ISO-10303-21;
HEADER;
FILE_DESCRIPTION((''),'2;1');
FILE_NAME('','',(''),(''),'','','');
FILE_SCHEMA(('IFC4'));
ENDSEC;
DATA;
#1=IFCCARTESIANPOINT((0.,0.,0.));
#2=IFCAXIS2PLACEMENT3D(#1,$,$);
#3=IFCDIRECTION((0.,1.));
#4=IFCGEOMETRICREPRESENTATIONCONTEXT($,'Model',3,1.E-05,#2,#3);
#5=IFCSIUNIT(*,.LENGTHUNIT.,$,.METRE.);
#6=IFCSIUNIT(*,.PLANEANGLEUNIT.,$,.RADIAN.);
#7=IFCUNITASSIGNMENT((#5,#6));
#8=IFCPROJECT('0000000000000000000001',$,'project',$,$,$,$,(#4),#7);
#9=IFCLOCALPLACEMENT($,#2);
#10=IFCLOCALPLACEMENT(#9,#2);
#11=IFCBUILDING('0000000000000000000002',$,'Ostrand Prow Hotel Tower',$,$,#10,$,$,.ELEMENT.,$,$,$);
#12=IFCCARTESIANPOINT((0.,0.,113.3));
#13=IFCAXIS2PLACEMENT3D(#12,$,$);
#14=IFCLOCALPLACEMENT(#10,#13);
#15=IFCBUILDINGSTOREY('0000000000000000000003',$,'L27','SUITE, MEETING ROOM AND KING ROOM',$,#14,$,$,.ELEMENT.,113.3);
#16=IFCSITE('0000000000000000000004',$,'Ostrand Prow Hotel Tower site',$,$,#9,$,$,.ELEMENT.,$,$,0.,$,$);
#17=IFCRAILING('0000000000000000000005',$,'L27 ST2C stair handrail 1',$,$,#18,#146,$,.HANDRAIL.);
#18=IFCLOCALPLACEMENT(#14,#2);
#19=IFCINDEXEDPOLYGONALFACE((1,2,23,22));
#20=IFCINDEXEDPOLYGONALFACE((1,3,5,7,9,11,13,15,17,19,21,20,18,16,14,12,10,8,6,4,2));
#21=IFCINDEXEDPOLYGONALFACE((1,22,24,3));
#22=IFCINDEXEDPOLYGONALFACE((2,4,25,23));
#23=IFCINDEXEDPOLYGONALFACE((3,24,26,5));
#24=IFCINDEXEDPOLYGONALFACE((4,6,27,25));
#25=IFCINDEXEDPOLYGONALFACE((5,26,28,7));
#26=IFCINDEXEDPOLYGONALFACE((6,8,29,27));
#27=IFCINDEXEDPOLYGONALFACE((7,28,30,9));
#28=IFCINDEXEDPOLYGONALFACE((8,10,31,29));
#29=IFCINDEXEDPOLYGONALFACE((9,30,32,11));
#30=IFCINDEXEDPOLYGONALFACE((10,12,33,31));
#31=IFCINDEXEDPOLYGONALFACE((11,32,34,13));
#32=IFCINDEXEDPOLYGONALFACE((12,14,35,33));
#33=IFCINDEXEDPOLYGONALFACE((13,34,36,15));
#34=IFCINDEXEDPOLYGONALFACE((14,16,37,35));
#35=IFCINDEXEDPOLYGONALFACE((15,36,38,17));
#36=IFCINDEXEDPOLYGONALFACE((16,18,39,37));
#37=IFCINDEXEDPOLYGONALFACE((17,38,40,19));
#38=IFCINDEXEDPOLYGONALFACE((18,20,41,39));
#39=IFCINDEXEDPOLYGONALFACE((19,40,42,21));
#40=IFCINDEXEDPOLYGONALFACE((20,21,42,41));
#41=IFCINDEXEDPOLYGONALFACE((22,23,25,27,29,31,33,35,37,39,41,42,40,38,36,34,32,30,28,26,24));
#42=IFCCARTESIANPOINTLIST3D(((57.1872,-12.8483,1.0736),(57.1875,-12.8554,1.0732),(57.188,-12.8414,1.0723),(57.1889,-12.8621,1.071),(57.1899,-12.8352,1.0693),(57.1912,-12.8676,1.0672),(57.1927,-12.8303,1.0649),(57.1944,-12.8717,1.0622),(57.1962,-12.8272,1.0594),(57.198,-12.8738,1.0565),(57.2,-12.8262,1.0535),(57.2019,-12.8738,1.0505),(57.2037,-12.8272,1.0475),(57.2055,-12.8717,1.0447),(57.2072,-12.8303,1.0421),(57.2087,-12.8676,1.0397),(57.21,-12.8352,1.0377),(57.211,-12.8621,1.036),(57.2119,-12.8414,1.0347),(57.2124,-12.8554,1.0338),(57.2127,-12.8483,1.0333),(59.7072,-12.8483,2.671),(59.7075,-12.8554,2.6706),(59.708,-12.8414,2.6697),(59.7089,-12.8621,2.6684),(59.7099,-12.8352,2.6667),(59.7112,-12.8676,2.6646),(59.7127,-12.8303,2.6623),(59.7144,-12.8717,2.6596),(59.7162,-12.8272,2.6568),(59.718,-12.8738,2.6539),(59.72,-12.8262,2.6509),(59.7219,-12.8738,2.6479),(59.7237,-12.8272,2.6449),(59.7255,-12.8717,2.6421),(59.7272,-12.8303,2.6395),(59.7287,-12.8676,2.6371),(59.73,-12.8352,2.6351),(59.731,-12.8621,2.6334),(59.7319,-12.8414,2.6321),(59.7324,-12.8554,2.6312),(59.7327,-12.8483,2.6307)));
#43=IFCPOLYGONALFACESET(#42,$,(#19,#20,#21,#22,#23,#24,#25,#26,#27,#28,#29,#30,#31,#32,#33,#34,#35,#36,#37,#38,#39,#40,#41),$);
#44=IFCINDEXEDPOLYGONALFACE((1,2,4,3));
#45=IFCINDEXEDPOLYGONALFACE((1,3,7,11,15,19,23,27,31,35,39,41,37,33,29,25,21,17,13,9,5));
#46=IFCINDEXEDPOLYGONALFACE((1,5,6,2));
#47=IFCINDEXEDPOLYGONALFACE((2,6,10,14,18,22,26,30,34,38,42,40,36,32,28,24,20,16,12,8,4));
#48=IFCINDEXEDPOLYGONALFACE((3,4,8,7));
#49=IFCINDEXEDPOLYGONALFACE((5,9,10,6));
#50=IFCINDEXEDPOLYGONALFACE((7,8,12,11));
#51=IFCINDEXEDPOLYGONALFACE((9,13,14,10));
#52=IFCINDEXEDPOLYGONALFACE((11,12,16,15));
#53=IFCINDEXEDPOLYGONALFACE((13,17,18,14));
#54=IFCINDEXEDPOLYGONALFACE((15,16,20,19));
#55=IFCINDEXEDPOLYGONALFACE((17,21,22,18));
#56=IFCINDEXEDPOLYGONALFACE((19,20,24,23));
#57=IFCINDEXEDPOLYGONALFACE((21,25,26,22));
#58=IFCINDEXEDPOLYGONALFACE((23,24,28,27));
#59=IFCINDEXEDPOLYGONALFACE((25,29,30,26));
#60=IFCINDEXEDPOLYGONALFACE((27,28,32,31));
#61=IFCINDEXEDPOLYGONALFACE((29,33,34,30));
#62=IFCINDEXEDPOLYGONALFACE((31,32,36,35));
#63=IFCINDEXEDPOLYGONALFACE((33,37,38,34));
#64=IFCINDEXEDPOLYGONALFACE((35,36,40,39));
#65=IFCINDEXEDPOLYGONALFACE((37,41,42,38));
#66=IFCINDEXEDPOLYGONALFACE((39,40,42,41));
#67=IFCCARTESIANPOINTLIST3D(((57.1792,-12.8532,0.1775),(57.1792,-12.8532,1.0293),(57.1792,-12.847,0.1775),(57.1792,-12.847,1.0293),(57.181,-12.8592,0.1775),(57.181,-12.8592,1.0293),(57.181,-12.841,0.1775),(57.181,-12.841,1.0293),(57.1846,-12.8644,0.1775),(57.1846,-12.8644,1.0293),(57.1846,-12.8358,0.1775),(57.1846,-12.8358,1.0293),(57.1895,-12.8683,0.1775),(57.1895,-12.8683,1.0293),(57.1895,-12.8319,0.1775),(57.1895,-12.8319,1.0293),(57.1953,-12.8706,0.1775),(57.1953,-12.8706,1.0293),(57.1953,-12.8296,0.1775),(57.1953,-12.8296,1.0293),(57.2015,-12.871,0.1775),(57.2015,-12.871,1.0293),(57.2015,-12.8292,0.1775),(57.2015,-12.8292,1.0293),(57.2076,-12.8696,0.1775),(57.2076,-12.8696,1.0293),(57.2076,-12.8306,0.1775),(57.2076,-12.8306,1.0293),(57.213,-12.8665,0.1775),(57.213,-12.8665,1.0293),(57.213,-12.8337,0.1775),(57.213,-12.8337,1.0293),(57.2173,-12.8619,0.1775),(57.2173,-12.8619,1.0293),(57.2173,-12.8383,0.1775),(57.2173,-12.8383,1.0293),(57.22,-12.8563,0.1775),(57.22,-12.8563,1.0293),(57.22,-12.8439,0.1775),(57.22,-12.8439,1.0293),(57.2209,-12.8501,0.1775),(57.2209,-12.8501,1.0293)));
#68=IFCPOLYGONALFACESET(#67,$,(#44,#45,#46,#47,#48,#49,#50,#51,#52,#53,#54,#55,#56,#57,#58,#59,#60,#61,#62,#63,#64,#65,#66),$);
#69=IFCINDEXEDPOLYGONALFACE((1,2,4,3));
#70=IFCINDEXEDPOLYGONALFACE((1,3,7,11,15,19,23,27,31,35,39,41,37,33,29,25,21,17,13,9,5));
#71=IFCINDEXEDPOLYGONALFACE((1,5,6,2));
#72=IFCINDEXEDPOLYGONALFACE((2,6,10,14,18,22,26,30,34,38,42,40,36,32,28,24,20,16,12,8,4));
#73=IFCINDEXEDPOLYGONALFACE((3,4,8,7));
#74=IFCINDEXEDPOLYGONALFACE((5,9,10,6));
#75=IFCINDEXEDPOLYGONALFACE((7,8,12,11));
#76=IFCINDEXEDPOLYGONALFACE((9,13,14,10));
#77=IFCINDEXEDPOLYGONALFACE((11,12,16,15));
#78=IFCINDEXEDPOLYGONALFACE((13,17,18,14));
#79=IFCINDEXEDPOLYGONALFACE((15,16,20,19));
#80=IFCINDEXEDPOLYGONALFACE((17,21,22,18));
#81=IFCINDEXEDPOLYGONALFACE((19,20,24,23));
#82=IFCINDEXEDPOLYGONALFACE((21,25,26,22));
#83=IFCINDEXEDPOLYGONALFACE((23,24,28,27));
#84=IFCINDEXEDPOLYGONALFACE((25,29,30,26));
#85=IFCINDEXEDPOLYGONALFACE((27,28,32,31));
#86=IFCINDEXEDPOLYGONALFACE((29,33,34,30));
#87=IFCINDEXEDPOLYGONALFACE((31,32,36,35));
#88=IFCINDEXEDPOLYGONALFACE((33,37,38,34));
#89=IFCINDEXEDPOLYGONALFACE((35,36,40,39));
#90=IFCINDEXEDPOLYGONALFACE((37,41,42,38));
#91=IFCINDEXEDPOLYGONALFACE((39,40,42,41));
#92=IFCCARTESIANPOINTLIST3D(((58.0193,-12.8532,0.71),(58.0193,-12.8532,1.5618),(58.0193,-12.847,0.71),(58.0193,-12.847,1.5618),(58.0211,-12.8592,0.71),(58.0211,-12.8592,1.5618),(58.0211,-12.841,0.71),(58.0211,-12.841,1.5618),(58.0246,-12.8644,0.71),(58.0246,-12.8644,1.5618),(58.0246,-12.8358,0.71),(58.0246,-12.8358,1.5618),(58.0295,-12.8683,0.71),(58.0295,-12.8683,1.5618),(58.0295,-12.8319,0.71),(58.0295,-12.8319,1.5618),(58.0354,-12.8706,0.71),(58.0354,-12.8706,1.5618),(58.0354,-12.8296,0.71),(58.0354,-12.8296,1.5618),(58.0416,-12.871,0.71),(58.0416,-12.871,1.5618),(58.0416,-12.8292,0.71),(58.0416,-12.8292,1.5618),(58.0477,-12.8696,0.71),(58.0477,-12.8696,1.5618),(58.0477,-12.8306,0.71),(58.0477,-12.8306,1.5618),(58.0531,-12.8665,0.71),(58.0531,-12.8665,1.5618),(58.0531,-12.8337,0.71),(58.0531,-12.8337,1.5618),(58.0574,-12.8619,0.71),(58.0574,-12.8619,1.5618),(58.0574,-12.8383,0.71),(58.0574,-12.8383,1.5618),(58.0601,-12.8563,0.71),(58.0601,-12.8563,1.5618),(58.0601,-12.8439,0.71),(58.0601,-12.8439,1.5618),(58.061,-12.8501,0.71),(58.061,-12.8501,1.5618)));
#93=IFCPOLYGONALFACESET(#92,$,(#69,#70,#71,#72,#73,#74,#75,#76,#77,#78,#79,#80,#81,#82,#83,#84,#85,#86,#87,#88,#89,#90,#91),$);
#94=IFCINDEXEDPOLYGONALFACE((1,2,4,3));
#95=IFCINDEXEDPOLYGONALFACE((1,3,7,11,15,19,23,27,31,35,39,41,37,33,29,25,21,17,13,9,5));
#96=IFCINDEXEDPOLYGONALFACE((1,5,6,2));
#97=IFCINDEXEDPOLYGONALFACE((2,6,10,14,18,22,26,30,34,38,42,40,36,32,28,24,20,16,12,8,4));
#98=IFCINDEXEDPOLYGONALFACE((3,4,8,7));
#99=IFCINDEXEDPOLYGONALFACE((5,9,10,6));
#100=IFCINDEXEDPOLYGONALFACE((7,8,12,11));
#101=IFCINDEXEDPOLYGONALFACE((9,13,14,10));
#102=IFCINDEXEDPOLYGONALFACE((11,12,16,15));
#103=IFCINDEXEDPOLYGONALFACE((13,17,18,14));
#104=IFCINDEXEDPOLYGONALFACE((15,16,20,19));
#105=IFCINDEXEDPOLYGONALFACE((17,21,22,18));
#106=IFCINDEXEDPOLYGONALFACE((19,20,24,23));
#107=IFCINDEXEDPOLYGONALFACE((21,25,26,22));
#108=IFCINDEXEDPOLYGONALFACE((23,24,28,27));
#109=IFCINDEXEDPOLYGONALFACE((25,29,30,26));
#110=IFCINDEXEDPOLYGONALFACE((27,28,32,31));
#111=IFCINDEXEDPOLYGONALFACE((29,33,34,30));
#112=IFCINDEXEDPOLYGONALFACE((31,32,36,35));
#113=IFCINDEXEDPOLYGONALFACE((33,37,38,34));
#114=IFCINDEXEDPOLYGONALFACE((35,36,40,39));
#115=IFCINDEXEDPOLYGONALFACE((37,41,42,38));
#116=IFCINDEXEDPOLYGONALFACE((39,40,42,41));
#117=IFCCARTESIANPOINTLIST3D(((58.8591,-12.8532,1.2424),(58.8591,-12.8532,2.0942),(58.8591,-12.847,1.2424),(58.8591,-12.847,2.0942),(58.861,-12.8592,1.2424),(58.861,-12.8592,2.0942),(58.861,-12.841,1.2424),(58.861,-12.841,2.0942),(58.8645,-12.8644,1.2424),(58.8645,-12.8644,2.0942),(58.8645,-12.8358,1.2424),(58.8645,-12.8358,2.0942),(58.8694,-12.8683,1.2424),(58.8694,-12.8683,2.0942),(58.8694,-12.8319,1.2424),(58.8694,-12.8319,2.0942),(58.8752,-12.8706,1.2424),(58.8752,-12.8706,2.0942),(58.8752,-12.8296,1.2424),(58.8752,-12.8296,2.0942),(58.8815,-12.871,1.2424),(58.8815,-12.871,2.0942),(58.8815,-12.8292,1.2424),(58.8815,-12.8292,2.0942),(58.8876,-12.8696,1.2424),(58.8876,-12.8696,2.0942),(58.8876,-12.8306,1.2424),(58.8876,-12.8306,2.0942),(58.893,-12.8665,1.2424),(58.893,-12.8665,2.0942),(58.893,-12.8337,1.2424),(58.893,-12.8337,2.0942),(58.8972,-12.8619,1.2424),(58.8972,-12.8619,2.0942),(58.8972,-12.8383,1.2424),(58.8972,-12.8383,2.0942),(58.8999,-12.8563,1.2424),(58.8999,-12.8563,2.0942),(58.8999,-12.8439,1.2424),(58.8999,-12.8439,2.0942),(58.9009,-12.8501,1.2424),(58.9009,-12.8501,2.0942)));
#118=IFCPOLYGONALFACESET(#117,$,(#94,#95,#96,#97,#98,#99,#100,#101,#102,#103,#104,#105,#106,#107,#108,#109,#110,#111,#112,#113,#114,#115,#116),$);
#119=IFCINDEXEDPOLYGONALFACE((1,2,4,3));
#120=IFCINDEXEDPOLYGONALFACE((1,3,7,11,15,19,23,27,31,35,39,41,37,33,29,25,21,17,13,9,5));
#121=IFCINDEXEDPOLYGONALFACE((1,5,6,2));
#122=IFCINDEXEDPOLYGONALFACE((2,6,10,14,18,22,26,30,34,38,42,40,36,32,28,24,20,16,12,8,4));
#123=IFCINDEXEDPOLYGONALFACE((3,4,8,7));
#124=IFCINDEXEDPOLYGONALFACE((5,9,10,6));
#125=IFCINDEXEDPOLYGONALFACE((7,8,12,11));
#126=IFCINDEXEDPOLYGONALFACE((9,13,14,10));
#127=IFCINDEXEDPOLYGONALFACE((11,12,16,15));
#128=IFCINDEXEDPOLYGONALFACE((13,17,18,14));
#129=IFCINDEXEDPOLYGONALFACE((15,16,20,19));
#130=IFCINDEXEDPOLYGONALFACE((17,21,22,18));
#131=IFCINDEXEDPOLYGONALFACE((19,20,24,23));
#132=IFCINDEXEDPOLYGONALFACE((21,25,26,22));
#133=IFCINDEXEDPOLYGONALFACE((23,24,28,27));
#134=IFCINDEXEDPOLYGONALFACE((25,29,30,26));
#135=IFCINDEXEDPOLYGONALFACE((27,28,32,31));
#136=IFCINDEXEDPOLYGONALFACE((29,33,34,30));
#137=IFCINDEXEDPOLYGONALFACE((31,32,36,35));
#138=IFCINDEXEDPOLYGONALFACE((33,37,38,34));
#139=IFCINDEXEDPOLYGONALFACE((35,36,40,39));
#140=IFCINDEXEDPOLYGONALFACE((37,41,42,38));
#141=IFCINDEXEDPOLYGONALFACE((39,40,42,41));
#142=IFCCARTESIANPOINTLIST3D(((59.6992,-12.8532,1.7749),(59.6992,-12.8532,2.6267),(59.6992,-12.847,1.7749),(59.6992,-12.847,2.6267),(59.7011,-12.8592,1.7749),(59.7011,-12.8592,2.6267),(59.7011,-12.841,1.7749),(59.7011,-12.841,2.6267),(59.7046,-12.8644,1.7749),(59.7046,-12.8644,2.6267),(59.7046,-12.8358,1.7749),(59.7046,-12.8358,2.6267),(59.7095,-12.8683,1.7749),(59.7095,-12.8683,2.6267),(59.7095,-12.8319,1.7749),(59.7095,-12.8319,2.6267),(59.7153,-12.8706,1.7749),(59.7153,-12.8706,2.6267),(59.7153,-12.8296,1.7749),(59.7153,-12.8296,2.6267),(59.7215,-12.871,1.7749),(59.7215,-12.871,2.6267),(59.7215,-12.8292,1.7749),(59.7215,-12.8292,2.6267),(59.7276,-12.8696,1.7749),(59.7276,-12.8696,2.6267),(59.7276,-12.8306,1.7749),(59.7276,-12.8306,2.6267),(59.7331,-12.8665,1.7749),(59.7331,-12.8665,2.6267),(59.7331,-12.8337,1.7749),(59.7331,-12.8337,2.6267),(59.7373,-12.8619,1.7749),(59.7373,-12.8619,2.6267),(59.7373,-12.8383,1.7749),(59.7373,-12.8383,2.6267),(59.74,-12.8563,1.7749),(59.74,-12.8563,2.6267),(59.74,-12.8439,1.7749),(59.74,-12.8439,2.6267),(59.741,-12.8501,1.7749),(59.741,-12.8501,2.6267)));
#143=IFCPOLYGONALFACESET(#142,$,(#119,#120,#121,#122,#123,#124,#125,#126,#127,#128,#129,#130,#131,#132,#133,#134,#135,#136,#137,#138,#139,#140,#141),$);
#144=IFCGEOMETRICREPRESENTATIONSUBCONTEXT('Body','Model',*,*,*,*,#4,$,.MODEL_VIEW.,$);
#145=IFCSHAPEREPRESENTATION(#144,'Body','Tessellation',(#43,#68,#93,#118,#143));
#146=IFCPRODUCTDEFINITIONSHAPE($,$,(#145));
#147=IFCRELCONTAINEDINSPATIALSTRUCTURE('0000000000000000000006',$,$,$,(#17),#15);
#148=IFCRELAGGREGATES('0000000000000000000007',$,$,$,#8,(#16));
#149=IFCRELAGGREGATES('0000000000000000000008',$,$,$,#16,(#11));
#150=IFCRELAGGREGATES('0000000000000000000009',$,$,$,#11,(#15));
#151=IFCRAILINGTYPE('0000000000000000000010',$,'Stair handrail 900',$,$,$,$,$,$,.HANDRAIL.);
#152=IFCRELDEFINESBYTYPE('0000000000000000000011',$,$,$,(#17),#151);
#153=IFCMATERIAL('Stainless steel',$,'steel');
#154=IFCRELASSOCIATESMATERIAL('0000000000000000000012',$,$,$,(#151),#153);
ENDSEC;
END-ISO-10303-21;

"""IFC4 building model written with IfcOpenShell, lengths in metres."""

from ifc_helpers import new_model, si_unit, direction, frame, origin, origin_2d, place, context, subcontext, project, spatial, circle, extrude, material, type_object, element, save


model = new_model("IFC4")

# Units and contexts
model_context = context("Model", 3, precision=1e-05, world=origin(), true_north=direction((0.0, 1.0)))
body_context = subcontext(model_context, "Body", "Model", "MODEL_VIEW")
ifc_project = project(units=[si_unit("LENGTHUNIT", "METRE"), si_unit("PLANEANGLEUNIT", "RADIAN")], contexts=[model_context])

# Site, building, storey
site_placement = place(None, origin())
site = spatial("IfcSite", under=ifc_project, at=site_placement, Name="Ostrand Prow Hotel Tower site", CompositionType="ELEMENT", RefElevation=0.0)
building_placement = place(site_placement, origin())
building = spatial("IfcBuilding", under=site, at=building_placement, Name="Ostrand Prow Hotel Tower", CompositionType="ELEMENT")
storey_placement = place(building_placement, frame((0.0, 0.0, 113.3)))
storey = spatial("IfcBuildingStorey", under=building, at=storey_placement, Name="L27", Description="SUITE, MEETING ROOM AND KING ROOM", CompositionType="ELEMENT", Elevation=113.3)

# Railing
ifc_material_1 = material(Name="Stainless steel", Category="steel")
railing_type_1 = type_object("IfcRailingType", Name="Stair handrail 900", PredefinedType="HANDRAIL", material=ifc_material_1)
railing_1_placement = place(storey_placement, frame((57.2, -12.8501, 0.1775)))
element("IfcRailing", 1, at=railing_1_placement, inside=storey, type_object=railing_type_1, Name="L27 ST2C stair handrail 1", PredefinedType="HANDRAIL", context=body_context, shape_type="SweptSolid", body=[
    extrude(circle(Radius=0.0239, at=origin_2d()), frame((0.0, 0.0, 0.876), z_axis=(0.844607, 0.0, 0.535387), x_axis=(0.0, 1.0, 0.0)), (0.0, 0.0, 1.0), 2.9836),
    extrude(circle(Radius=0.021, at=origin_2d()), origin(), (0.0, 0.0, 1.0), 0.8518),
    extrude(circle(Radius=0.021, at=origin_2d()), frame((0.8401, 0.0, 0.5325)), (0.0, 0.0, 1.0), 0.8518),
    extrude(circle(Radius=0.021, at=origin_2d()), frame((1.6799, 0.0, 1.0649)), (0.0, 0.0, 1.0), 0.8518),
    extrude(circle(Radius=0.021, at=origin_2d()), frame((2.52, 0.0, 1.5974)), (0.0, 0.0, 1.0), 0.8518),
])

save(model, "model.ifc")
